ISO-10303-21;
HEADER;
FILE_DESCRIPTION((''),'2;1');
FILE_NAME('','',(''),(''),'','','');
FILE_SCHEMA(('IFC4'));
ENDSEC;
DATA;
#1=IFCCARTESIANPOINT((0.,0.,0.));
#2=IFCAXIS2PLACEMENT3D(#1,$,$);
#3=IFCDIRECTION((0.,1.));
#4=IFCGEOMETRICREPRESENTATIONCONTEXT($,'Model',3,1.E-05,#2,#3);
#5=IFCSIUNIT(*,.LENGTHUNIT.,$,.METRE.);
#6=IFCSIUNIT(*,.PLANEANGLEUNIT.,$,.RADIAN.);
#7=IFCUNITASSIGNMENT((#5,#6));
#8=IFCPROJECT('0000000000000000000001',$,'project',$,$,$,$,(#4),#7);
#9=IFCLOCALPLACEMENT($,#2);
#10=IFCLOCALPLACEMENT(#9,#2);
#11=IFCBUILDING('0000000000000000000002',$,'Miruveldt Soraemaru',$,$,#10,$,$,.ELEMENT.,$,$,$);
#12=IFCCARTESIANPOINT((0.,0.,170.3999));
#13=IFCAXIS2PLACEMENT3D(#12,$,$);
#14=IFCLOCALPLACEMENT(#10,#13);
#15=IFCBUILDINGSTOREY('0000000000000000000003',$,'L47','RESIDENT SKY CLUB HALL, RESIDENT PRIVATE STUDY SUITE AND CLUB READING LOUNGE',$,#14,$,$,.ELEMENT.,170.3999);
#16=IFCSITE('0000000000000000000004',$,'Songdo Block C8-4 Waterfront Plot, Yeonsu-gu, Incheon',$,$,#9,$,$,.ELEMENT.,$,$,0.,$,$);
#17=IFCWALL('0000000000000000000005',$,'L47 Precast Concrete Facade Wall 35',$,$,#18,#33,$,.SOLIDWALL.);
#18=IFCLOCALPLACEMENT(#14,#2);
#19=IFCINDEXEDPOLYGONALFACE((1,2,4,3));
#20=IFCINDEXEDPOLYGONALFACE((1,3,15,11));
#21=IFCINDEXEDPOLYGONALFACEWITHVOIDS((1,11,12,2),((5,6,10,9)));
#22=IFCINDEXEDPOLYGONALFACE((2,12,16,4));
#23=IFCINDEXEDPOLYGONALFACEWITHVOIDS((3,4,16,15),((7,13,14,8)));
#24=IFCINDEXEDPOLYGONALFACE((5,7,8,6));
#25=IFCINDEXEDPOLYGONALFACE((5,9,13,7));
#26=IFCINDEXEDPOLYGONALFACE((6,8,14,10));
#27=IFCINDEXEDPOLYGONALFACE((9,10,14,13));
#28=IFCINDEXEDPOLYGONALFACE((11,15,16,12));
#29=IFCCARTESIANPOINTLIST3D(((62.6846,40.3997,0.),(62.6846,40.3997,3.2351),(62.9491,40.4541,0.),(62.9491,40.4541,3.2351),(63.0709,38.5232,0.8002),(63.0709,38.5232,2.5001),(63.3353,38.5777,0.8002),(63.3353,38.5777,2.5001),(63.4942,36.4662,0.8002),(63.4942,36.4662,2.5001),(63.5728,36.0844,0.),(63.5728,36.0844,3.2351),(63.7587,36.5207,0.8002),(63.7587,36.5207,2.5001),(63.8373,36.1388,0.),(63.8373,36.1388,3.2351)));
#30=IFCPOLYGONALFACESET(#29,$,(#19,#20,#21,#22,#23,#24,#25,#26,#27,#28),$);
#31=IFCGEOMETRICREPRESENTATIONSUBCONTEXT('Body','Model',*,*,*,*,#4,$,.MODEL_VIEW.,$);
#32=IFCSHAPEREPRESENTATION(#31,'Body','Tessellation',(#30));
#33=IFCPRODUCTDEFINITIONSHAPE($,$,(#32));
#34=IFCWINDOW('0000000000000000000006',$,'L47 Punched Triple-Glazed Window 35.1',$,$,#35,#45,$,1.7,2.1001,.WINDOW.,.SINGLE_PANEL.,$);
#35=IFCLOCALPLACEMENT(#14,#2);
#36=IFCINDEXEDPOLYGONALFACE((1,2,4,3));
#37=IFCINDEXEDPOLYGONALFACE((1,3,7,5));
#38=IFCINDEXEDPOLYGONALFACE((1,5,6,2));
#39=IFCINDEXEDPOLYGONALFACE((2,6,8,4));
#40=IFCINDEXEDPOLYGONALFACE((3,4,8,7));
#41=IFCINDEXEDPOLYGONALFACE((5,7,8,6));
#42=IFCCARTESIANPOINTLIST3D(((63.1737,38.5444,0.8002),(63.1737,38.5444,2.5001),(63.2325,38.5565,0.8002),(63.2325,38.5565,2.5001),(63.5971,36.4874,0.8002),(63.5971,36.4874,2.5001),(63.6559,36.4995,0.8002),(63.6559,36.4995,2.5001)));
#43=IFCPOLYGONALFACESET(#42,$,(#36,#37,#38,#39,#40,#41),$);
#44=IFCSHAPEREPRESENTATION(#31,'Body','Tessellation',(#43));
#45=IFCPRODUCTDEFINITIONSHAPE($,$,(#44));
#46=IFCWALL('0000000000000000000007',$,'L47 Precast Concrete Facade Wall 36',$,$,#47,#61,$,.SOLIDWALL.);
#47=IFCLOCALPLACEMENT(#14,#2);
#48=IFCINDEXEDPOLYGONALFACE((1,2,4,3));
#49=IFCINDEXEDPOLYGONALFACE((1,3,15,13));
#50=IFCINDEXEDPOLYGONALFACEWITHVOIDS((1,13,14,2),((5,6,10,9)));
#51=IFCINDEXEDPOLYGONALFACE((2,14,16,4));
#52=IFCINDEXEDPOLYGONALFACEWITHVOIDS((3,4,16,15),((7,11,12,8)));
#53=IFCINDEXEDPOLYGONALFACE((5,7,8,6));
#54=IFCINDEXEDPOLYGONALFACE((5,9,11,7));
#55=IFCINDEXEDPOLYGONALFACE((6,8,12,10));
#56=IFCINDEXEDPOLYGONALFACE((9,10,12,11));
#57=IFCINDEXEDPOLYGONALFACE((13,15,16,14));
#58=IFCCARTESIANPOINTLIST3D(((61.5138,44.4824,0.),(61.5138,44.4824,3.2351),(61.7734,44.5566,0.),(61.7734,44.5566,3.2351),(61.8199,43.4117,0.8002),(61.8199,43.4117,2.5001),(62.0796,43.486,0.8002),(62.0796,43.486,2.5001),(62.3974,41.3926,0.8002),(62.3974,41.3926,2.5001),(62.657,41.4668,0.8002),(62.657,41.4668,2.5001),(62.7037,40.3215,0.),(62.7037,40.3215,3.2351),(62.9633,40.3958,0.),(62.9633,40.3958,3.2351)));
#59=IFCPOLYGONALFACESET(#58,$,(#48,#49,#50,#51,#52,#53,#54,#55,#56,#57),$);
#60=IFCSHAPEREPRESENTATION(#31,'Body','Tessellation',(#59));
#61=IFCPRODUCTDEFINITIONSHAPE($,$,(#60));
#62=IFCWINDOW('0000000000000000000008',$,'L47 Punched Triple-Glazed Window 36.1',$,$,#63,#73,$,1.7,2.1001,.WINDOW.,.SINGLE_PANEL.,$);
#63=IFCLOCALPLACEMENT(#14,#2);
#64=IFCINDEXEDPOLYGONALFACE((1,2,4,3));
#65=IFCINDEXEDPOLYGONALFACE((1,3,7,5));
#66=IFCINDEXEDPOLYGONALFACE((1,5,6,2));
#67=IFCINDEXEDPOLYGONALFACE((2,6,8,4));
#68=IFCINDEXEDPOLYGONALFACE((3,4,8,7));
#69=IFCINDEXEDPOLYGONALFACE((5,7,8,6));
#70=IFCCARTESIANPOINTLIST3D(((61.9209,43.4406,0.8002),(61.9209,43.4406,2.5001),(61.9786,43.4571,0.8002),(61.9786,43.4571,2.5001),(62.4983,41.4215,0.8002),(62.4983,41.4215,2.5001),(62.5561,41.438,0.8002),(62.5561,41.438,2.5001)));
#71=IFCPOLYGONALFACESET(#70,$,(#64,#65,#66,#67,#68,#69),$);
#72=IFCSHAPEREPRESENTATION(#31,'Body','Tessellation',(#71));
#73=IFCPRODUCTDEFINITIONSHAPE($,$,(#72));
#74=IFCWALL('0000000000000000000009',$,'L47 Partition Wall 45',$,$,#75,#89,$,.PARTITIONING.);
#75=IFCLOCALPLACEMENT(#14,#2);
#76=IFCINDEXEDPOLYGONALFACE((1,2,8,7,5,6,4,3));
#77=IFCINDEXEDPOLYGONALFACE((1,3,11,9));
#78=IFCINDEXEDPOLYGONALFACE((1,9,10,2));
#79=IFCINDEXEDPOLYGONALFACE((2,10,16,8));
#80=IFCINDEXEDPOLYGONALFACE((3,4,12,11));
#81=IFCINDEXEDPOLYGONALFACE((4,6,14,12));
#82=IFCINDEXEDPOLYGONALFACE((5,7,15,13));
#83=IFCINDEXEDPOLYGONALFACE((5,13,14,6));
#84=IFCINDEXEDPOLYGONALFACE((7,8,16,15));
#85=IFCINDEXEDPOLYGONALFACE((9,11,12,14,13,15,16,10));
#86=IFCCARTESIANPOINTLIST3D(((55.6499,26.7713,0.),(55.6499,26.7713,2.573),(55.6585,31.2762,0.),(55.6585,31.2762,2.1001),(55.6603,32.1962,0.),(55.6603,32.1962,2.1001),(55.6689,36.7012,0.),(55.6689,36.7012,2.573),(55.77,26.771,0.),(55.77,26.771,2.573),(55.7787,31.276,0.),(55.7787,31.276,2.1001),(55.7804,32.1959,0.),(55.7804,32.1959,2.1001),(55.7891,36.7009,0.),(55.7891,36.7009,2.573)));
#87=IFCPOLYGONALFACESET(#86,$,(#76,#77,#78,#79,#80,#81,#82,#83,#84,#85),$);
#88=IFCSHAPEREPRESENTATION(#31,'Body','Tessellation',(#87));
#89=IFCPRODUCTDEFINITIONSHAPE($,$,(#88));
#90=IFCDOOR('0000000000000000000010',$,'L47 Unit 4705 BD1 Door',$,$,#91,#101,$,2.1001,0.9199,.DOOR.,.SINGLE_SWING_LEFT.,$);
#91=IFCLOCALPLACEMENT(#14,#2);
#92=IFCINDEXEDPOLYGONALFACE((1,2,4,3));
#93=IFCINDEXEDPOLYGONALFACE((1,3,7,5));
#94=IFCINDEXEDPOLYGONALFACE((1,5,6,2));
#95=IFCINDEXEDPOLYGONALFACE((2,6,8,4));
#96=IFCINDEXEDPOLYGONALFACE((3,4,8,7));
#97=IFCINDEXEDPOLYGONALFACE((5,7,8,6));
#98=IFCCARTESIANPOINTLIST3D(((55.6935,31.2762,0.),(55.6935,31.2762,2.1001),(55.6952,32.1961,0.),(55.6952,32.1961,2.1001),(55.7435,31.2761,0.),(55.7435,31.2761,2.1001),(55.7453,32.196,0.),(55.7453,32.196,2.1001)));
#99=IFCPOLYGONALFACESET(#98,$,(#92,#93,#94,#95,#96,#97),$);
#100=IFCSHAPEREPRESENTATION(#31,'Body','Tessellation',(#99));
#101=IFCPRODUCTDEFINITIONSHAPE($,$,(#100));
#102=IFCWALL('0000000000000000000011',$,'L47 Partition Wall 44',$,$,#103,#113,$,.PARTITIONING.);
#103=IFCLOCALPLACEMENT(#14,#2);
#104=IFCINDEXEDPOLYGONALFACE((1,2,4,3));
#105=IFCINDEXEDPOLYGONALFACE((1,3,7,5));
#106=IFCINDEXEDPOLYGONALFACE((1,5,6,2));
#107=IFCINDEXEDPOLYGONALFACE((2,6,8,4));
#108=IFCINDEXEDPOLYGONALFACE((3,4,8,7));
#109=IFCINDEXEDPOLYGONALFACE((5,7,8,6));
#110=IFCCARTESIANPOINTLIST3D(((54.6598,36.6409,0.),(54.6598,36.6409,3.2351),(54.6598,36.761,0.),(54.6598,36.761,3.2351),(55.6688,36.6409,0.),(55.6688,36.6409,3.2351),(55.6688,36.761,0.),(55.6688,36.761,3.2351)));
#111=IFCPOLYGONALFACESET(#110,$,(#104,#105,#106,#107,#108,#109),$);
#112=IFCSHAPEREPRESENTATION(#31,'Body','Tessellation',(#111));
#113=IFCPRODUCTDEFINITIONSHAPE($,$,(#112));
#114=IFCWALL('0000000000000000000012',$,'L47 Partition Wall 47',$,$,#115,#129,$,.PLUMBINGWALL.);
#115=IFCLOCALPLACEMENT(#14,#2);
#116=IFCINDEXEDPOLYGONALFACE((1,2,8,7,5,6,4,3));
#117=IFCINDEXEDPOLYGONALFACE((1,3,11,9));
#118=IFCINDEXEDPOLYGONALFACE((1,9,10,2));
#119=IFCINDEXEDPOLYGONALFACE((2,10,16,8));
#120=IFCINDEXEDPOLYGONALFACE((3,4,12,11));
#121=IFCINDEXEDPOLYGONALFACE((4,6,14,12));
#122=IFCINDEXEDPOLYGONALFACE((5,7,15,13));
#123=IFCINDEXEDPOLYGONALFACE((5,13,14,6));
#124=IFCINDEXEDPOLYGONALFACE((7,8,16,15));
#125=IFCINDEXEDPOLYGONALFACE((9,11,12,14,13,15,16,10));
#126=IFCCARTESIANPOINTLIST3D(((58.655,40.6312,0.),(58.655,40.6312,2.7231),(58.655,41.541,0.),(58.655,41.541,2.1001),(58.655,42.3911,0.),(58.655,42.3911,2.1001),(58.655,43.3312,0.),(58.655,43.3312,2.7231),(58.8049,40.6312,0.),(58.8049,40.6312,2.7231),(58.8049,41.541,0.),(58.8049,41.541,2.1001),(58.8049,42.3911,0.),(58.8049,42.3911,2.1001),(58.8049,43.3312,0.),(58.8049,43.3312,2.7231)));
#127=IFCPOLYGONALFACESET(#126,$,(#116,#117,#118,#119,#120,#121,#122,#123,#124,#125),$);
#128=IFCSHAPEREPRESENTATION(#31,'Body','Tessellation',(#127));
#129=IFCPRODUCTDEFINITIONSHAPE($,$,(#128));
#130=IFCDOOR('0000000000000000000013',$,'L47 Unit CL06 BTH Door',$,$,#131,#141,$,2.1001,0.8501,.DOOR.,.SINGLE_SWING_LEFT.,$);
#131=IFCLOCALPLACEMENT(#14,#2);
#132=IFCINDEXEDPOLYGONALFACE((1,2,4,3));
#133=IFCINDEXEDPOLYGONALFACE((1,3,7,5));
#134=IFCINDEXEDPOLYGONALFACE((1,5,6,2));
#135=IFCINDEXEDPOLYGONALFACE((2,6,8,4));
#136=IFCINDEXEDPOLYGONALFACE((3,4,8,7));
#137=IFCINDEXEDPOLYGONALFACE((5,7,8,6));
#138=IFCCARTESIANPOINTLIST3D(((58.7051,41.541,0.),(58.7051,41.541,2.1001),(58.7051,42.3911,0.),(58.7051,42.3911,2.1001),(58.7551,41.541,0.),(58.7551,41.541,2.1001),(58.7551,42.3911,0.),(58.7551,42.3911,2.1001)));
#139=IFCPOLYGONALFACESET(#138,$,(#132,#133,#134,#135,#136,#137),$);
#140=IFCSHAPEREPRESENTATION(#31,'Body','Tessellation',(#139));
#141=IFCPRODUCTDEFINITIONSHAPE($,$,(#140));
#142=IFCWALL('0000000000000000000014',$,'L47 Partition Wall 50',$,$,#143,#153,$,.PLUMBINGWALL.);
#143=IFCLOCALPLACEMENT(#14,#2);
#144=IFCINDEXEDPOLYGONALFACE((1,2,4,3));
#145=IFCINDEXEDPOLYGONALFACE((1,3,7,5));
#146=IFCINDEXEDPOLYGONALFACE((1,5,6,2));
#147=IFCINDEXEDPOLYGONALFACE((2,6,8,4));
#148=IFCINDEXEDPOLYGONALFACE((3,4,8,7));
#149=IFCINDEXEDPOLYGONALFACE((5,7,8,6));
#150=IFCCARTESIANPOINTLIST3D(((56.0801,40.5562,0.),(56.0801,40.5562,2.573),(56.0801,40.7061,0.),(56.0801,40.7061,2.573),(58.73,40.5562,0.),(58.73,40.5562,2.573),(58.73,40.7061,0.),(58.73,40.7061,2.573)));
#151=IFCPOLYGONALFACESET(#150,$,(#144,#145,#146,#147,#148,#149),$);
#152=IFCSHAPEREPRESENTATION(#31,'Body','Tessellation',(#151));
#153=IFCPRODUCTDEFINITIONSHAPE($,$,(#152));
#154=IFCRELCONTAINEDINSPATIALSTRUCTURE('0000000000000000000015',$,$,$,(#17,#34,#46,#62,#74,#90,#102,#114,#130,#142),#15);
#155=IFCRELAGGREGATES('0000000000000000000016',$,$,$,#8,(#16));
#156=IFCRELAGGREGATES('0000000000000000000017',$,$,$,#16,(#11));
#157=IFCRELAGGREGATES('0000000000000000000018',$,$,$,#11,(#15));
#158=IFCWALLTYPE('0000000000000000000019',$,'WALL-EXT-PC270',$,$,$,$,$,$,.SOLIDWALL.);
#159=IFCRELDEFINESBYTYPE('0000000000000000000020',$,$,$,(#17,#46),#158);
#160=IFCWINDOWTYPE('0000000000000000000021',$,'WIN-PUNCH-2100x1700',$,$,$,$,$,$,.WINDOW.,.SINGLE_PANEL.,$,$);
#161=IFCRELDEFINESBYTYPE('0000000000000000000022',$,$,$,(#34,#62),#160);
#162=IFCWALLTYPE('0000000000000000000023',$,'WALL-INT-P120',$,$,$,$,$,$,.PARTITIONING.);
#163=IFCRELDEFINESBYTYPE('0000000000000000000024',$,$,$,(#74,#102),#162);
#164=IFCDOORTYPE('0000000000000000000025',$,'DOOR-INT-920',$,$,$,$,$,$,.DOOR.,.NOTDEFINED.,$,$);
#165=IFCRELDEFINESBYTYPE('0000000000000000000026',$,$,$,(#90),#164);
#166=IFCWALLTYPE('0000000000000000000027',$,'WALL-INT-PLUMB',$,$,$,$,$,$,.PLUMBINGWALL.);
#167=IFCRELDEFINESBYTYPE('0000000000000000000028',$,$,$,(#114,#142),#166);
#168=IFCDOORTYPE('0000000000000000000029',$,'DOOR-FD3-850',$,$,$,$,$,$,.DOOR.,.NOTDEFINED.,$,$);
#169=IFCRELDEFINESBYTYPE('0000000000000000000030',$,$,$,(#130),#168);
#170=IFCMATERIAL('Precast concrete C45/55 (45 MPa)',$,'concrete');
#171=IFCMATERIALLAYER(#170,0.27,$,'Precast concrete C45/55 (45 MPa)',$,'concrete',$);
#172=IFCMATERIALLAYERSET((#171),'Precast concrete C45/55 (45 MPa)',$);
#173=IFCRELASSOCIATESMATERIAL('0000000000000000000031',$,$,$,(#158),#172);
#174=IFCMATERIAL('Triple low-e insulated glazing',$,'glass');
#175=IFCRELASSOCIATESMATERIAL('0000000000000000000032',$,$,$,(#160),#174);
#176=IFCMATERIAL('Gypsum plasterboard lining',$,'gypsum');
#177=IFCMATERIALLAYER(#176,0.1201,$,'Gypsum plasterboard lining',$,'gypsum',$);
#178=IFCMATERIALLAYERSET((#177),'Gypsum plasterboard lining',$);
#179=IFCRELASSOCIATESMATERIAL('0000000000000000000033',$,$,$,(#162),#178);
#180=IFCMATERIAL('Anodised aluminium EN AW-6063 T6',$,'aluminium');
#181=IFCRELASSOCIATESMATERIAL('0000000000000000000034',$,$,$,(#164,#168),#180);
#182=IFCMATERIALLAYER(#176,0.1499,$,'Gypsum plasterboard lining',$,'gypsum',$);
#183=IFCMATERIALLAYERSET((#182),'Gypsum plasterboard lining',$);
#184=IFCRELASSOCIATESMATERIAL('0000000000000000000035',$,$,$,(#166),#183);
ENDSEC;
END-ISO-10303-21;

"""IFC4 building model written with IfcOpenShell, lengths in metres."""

from ifc_helpers import new_model, si_unit, direction, frame, frame_2d, origin, place, context, subcontext, project, spatial, rectangle, extrude, material, layer, layer_set, type_object, element, fill, save


model = new_model("IFC4")

# Units and contexts
model_context = context("Model", 3, precision=1e-05, world=origin(), true_north=direction((0.0, 1.0)))
body_context = subcontext(model_context, "Body", "Model", "MODEL_VIEW")
ifc_project = project(units=[si_unit("LENGTHUNIT", "METRE"), si_unit("PLANEANGLEUNIT", "RADIAN")], contexts=[model_context])

# Site, building, storey
site_placement = place(None, origin())
site = spatial("IfcSite", under=ifc_project, at=site_placement, Name="Songdo Block C8-4 Waterfront Plot, Yeonsu-gu, Incheon", CompositionType="ELEMENT", RefElevation=0.0)
building_placement = place(site_placement, origin())
building = spatial("IfcBuilding", under=site, at=building_placement, Name="Miruveldt Soraemaru", CompositionType="ELEMENT")
storey_placement = place(building_placement, frame((0.0, 0.0, 170.3999)))
storey = spatial("IfcBuildingStorey", under=building, at=storey_placement, Name="L47", Description="RESIDENT SKY CLUB HALL, RESIDENT PRIVATE STUDY SUITE AND CLUB READING LOUNGE", CompositionType="ELEMENT", Elevation=170.3999)

# Shared definitions
ifc_material_1 = material(Name="Anodised aluminium EN AW-6063 T6", Category="aluminium")

# Walls, openings, windows
ifc_material_2 = material(Name="Precast concrete C45/55 (45 MPa)", Category="concrete")
ifc_layer_1 = layer(ifc_material_2, 0.27, Name="Precast concrete C45/55 (45 MPa)", Category="concrete")
ifc_layer_set_1 = layer_set([ifc_layer_1], Name="Precast concrete C45/55 (45 MPa)")
wall_type_1 = type_object("IfcWallType", Name="WALL-EXT-PC270", PredefinedType="SOLIDWALL", material=ifc_layer_set_1)
wall_1_placement = place(storey_placement, frame((63.7051, 36.1116, 0.0), z_axis=(0.0, 0.0, 1.0), x_axis=(-0.201601, 0.979468, 0.0)))
wall_1 = element("IfcWall", 1, at=wall_1_placement, inside=storey, type_object=wall_type_1, Name="L47 Precast Concrete Facade Wall 35", PredefinedType="SOLIDWALL", context=body_context, shape_type="SweptSolid", body=[
    extrude(rectangle(XDim=4.4058, YDim=0.27, at=frame_2d((2.2029, 0.0))), origin(), (0.0, 0.0, 1.0), 3.2351),
])
opening_1_placement = place(wall_1_placement, frame((0.3899, 0.0, 0.8)))
opening_1 = element("IfcOpeningElement", 2, at=opening_1_placement, cuts=wall_1, PredefinedType="OPENING", context=body_context, shape_type="SweptSolid", body=[
    extrude(rectangle(XDim=2.1001, YDim=1.7, at=frame_2d((1.05, 0.8501))), frame((0.0, 0.145, 0.0), z_axis=(0.0, -1.0, 0.0), x_axis=(1.0, 0.0, 0.0)), (0.0, 0.0, 1.0), 0.29),
])
ifc_material_3 = material(Name="Triple low-e insulated glazing", Category="glass")
window_type = type_object("IfcWindowType", Name="WIN-PUNCH-2100x1700", PartitioningType="SINGLE_PANEL", PredefinedType="WINDOW", material=ifc_material_3)
window_1_placement = place(opening_1_placement, origin())
window_1 = element("IfcWindow", 3, at=window_1_placement, inside=storey, type_object=window_type, Name="L47 Punched Triple-Glazed Window 35.1", OverallHeight=1.7, OverallWidth=2.1001, PartitioningType="SINGLE_PANEL", PredefinedType="WINDOW", context=body_context, shape_type="SweptSolid", body=[
    extrude(rectangle(XDim=2.1001, YDim=1.7, at=frame_2d((1.05, 0.8501))), frame((0.0, 0.03, 0.0), z_axis=(0.0, -1.0, 0.0), x_axis=(1.0, 0.0, 0.0)), (0.0, 0.0, 1.0), 0.0601),
])
fill(opening_1, window_1)
wall_2_placement = place(storey_placement, frame((62.8335, 40.3586, 0.0), z_axis=(0.0, 0.0, 1.0), x_axis=(-0.27496, 0.961456, 0.0)))
wall_2 = element("IfcWall", 4, at=wall_2_placement, inside=storey, type_object=wall_type_1, Name="L47 Precast Concrete Facade Wall 36", PredefinedType="SOLIDWALL", context=body_context, shape_type="SweptSolid", body=[
    extrude(rectangle(XDim=4.3276, YDim=0.27, at=frame_2d((2.1638, 0.0))), origin(), (0.0, 0.0, 1.0), 3.2351),
])
opening_2_placement = place(wall_2_placement, frame((1.114, 0.0, 0.8)))
opening_2 = element("IfcOpeningElement", 5, at=opening_2_placement, cuts=wall_2, PredefinedType="OPENING", context=body_context, shape_type="SweptSolid", body=[
    extrude(rectangle(XDim=2.1001, YDim=1.7, at=frame_2d((1.05, 0.8501))), frame((0.0, 0.145, 0.0), z_axis=(0.0, -1.0, 0.0), x_axis=(1.0, 0.0, 0.0)), (0.0, 0.0, 1.0), 0.29),
])
window_2_placement = place(opening_2_placement, origin())
window_2 = element("IfcWindow", 6, at=window_2_placement, inside=storey, type_object=window_type, Name="L47 Punched Triple-Glazed Window 36.1", OverallHeight=1.7, OverallWidth=2.1001, PartitioningType="SINGLE_PANEL", PredefinedType="WINDOW", context=body_context, shape_type="SweptSolid", body=[
    extrude(rectangle(XDim=2.1001, YDim=1.7, at=frame_2d((1.05, 0.8501))), frame((0.0, 0.03, 0.0), z_axis=(0.0, -1.0, 0.0), x_axis=(1.0, 0.0, 0.0)), (0.0, 0.0, 1.0), 0.0601),
])
fill(opening_2, window_2)

# Wall, opening, door
ifc_material_4 = material(Name="Gypsum plasterboard lining", Category="gypsum")
ifc_layer_2 = layer(ifc_material_4, 0.1201, Name="Gypsum plasterboard lining", Category="gypsum")
ifc_layer_set_2 = layer_set([ifc_layer_2], Name="Gypsum plasterboard lining")
wall_type_2 = type_object("IfcWallType", Name="WALL-INT-P120", PredefinedType="PARTITIONING", material=ifc_layer_set_2)
wall_3_placement = place(storey_placement, frame((55.729, 36.7009, 0.0), z_axis=(0.0, 0.0, 1.0), x_axis=(-0.001918, -0.999998, 0.0)))
wall_3 = element("IfcWall", 7, at=wall_3_placement, inside=storey, type_object=wall_type_2, Name="L47 Partition Wall 45", PredefinedType="PARTITIONING", context=body_context, shape_type="SweptSolid", body=[
    extrude(rectangle(XDim=9.9299, YDim=0.1201, at=frame_2d((4.9648, 0.0))), origin(), (0.0, 0.0, 1.0), 2.573),
])
opening_3_placement = place(wall_3_placement, frame((4.5049, 0.0, 0.0)))
opening_3 = element("IfcOpeningElement", 8, at=opening_3_placement, cuts=wall_3, PredefinedType="OPENING", context=body_context, shape_type="SweptSolid", body=[
    extrude(rectangle(XDim=0.9199, YDim=2.1001, at=frame_2d((0.46, 1.05))), frame((0.0, 0.0701, 0.0), z_axis=(0.0, -1.0, 0.0), x_axis=(1.0, 0.0, 0.0)), (0.0, 0.0, 1.0), 0.1401),
])
door_type_1 = type_object("IfcDoorType", Name="DOOR-INT-920", OperationType="NOTDEFINED", PredefinedType="DOOR", material=ifc_material_1)
door_1_placement = place(opening_3_placement, origin())
door_1 = element("IfcDoor", 9, at=door_1_placement, inside=storey, type_object=door_type_1, Name="L47 Unit 4705 BD1 Door", OperationType="SINGLE_SWING_LEFT", OverallHeight=2.1001, OverallWidth=0.9199, PredefinedType="DOOR", context=body_context, shape_type="SweptSolid", body=[
    extrude(rectangle(XDim=0.9199, YDim=2.1001, at=frame_2d((0.46, 1.05))), frame((0.0, 0.0249, 0.0), z_axis=(0.0, -1.0, 0.0), x_axis=(1.0, 0.0, 0.0)), (0.0, 0.0, 1.0), 0.05),
])
fill(opening_3, door_1)

# Wall
wall_4_placement = place(storey_placement, frame((54.6599, 36.7009, 0.0), z_axis=(0.0, 0.0, 1.0), x_axis=(1.0, 0.0, 0.0)))
element("IfcWall", 10, at=wall_4_placement, inside=storey, type_object=wall_type_2, Name="L47 Partition Wall 44", PredefinedType="PARTITIONING", context=body_context, shape_type="SweptSolid", body=[
    extrude(rectangle(XDim=1.009, YDim=0.1201, at=frame_2d((0.5044, 0.0))), origin(), (0.0, 0.0, 1.0), 3.2351),
])

# Wall, opening, door
ifc_layer_3 = layer(ifc_material_4, 0.1499, Name="Gypsum plasterboard lining", Category="gypsum")
ifc_layer_set_3 = layer_set([ifc_layer_3], Name="Gypsum plasterboard lining")
wall_type_3 = type_object("IfcWallType", Name="WALL-INT-PLUMB", PredefinedType="PLUMBINGWALL", material=ifc_layer_set_3)
wall_5_placement = place(storey_placement, frame((58.73, 40.6311, 0.0), z_axis=(0.0, 0.0, 1.0), x_axis=(0.0, 1.0, 0.0)))
wall_5 = element("IfcWall", 11, at=wall_5_placement, inside=storey, type_object=wall_type_3, Name="L47 Partition Wall 47", PredefinedType="PLUMBINGWALL", context=body_context, shape_type="SweptSolid", body=[
    extrude(rectangle(XDim=2.7, YDim=0.1499, at=frame_2d((1.3501, 0.0))), origin(), (0.0, 0.0, 1.0), 2.7231),
])
opening_4_placement = place(wall_5_placement, frame((0.9099, 0.0, 0.0)))
opening_4 = element("IfcOpeningElement", 12, at=opening_4_placement, cuts=wall_5, PredefinedType="OPENING", context=body_context, shape_type="SweptSolid", body=[
    extrude(rectangle(XDim=0.8501, YDim=2.1001, at=frame_2d((0.425, 1.05))), frame((0.0, 0.085, 0.0), z_axis=(0.0, -1.0, 0.0), x_axis=(1.0, 0.0, 0.0)), (0.0, 0.0, 1.0), 0.1699),
])
door_type_2 = type_object("IfcDoorType", Name="DOOR-FD3-850", OperationType="NOTDEFINED", PredefinedType="DOOR", material=ifc_material_1)
door_2_placement = place(opening_4_placement, origin())
door_2 = element("IfcDoor", 13, at=door_2_placement, inside=storey, type_object=door_type_2, Name="L47 Unit CL06 BTH Door", OperationType="SINGLE_SWING_LEFT", OverallHeight=2.1001, OverallWidth=0.8501, PredefinedType="DOOR", context=body_context, shape_type="SweptSolid", body=[
    extrude(rectangle(XDim=0.8501, YDim=2.1001, at=frame_2d((0.425, 1.05))), frame((0.0, 0.0249, 0.0), z_axis=(0.0, -1.0, 0.0), x_axis=(1.0, 0.0, 0.0)), (0.0, 0.0, 1.0), 0.05),
])
fill(opening_4, door_2)

# Wall
wall_6_placement = place(storey_placement, frame((56.0801, 40.6311, 0.0), z_axis=(0.0, 0.0, 1.0), x_axis=(1.0, 0.0, 0.0)))
element("IfcWall", 14, at=wall_6_placement, inside=storey, type_object=wall_type_3, Name="L47 Partition Wall 50", PredefinedType="PLUMBINGWALL", context=body_context, shape_type="SweptSolid", body=[
    extrude(rectangle(XDim=2.6499, YDim=0.1499, at=frame_2d((1.325, 0.0))), origin(), (0.0, 0.0, 1.0), 2.573),
])

save(model, "model.ifc")
